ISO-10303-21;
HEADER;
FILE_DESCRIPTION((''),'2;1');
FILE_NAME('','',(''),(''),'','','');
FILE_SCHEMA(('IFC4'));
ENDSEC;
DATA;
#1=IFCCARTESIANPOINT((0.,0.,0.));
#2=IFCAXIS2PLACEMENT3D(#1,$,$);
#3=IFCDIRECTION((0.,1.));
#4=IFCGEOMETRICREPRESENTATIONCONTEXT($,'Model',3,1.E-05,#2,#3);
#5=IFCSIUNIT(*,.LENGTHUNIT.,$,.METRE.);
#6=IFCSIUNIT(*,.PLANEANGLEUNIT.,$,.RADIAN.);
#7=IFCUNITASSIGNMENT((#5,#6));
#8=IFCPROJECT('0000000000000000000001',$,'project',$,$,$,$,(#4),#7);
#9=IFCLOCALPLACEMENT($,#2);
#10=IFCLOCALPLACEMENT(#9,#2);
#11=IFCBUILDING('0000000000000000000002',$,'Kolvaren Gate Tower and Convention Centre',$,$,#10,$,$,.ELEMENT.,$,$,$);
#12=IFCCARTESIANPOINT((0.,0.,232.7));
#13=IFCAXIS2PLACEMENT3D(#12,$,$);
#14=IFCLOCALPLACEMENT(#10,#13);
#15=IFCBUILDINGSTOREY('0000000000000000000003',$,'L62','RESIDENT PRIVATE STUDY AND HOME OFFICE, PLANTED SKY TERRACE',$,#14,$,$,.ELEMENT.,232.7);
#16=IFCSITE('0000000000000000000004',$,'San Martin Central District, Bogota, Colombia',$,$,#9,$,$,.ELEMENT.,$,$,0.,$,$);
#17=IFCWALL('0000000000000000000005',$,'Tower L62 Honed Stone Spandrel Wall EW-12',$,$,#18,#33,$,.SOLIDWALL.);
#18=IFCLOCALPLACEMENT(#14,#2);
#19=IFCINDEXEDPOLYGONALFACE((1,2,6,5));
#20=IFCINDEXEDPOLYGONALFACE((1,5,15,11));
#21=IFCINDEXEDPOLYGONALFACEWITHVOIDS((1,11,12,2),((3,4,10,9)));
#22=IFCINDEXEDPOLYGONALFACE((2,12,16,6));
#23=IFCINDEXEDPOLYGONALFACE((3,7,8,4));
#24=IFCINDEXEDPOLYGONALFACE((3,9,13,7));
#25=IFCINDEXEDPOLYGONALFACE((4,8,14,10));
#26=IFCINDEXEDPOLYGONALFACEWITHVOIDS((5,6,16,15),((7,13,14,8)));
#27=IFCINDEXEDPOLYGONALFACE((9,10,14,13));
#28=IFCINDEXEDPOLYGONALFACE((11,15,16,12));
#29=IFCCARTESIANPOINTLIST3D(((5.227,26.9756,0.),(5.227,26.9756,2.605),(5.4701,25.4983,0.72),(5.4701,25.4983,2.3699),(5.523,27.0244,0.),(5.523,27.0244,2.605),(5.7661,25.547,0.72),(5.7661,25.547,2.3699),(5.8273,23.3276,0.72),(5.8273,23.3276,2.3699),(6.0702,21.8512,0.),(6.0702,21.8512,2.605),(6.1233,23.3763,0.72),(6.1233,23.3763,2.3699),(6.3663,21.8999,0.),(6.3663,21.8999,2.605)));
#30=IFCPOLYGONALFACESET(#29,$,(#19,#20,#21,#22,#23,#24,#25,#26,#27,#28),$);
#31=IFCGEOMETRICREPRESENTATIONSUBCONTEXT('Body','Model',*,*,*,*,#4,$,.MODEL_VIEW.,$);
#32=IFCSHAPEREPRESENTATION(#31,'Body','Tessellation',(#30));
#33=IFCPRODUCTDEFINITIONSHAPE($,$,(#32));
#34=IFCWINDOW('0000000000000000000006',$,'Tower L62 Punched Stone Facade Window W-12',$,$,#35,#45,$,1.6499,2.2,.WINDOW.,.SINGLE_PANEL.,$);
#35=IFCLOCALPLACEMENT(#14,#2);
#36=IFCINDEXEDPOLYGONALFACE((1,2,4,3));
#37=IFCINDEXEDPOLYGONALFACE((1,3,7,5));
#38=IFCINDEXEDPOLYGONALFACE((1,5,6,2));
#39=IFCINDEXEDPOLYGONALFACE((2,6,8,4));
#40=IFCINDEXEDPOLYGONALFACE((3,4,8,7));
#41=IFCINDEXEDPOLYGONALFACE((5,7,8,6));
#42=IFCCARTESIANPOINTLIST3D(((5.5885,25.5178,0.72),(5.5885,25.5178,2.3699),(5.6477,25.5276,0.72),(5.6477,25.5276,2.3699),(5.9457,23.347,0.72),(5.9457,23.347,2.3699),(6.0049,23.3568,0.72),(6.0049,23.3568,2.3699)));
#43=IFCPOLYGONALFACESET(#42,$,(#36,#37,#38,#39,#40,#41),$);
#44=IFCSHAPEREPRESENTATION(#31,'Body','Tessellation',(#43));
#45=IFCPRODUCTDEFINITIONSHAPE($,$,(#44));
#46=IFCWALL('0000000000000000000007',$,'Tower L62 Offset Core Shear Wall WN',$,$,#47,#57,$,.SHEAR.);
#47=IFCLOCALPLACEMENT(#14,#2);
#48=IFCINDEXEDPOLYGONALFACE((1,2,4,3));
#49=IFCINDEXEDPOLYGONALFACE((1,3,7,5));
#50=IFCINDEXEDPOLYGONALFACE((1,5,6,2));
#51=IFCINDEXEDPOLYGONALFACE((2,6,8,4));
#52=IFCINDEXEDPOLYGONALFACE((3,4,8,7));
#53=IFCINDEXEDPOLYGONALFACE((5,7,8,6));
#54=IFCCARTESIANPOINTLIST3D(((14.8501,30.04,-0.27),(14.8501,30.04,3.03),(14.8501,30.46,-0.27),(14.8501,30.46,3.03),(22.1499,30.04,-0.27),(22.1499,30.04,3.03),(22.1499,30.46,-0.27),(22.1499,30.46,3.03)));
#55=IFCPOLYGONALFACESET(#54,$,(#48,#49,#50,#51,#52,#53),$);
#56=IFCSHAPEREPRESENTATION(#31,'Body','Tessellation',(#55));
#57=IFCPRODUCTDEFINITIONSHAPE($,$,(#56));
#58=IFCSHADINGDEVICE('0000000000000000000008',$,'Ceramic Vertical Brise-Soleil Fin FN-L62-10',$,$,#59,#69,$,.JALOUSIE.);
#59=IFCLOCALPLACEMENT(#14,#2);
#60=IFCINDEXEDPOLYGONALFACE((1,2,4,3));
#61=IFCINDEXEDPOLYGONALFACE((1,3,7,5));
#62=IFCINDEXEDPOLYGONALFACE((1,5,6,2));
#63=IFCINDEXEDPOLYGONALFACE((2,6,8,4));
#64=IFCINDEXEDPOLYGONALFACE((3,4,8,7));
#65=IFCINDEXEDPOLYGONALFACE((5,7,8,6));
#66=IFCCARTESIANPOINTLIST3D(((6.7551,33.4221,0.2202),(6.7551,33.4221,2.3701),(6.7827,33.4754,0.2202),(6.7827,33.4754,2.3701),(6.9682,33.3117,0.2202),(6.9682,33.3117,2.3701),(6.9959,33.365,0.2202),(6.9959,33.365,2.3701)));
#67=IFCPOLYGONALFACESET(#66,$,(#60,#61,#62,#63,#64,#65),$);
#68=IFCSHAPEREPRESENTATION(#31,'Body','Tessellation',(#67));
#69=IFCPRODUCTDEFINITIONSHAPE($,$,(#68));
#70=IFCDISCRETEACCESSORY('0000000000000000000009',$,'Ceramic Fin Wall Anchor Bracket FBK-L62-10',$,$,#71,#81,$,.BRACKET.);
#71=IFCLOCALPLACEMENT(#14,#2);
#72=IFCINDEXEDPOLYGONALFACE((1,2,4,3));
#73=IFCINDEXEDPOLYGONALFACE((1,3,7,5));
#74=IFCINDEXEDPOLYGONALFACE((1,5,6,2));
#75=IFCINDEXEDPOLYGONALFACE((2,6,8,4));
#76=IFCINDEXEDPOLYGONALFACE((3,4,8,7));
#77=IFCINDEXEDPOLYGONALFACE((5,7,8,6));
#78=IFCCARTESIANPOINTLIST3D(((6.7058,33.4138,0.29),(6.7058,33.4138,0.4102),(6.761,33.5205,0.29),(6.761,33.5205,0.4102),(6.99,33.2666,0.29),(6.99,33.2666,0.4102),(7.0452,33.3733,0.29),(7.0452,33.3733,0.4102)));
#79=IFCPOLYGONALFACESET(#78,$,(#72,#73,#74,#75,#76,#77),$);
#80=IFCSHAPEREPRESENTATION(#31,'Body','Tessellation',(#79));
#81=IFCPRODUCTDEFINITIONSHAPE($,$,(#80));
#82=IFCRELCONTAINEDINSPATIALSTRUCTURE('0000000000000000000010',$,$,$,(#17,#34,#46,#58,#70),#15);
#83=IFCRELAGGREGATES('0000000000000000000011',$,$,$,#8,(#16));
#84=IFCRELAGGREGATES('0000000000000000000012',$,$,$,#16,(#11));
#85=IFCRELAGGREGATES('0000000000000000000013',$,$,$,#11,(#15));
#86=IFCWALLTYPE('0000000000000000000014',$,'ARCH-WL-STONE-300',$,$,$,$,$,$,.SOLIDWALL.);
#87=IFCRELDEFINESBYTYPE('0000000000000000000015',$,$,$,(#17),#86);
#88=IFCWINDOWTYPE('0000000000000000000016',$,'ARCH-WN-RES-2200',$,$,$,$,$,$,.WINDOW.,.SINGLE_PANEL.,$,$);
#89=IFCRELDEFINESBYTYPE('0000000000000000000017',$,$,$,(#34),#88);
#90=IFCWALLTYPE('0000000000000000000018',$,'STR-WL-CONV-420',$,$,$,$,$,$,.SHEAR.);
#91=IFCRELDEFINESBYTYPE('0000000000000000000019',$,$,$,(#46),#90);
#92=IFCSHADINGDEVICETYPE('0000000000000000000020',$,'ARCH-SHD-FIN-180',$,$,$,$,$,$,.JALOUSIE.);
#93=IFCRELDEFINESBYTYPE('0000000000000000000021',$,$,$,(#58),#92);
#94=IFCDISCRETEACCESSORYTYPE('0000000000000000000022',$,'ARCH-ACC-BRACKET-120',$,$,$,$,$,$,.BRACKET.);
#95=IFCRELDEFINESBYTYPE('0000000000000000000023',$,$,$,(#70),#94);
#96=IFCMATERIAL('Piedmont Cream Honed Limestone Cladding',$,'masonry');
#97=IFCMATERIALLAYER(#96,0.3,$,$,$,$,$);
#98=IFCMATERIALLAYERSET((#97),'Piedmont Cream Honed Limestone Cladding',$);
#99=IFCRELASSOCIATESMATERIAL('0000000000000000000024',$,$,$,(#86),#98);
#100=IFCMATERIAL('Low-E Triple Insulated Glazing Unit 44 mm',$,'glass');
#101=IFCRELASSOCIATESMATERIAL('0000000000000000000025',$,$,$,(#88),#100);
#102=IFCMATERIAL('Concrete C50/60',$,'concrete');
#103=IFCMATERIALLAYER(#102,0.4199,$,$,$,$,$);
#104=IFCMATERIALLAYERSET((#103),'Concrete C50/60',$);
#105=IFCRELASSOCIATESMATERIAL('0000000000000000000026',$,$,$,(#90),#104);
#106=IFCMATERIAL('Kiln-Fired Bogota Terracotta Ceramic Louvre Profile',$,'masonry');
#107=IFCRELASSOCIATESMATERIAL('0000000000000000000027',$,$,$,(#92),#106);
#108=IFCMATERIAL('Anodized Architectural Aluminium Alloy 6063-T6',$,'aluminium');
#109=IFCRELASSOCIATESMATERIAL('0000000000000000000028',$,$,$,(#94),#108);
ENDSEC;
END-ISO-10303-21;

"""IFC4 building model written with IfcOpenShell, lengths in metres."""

from ifc_helpers import new_model, si_unit, direction, frame, frame_2d, origin, origin_2d, place, context, subcontext, project, spatial, rectangle, extrude, material, layer, layer_set, type_object, element, fill, save


model = new_model("IFC4")

# Units and contexts
model_context = context("Model", 3, precision=1e-05, world=origin(), true_north=direction((0.0, 1.0)))
body_context = subcontext(model_context, "Body", "Model", "MODEL_VIEW")
ifc_project = project(units=[si_unit("LENGTHUNIT", "METRE"), si_unit("PLANEANGLEUNIT", "RADIAN")], contexts=[model_context])

# Site, building, storey
site_placement = place(None, origin())
site = spatial("IfcSite", under=ifc_project, at=site_placement, Name="San Martin Central District, Bogota, Colombia", CompositionType="ELEMENT", RefElevation=0.0)
building_placement = place(site_placement, origin())
building = spatial("IfcBuilding", under=site, at=building_placement, Name="Kolvaren Gate Tower and Convention Centre", CompositionType="ELEMENT")
storey_placement = place(building_placement, frame((0.0, 0.0, 232.7)))
storey = spatial("IfcBuildingStorey", under=building, at=storey_placement, Name="L62", Description="RESIDENT PRIVATE STUDY AND HOME OFFICE, PLANTED SKY TERRACE", CompositionType="ELEMENT", Elevation=232.7)

# Shared definitions
ifc_material_1 = material(Name="Piedmont Cream Honed Limestone Cladding", Category="masonry")

# Wall, opening, window
ifc_layer_1 = layer(ifc_material_1, 0.3)
ifc_layer_set_1 = layer_set([ifc_layer_1], Name="Piedmont Cream Honed Limestone Cladding")
wall_type_1 = type_object("IfcWallType", Name="ARCH-WL-STONE-300", PredefinedType="SOLIDWALL", material=ifc_layer_set_1)
ifc_material_2 = material(Name="Low-E Triple Insulated Glazing Unit 44 mm", Category="glass")
window_type = type_object("IfcWindowType", Name="ARCH-WN-RES-2200", PartitioningType="SINGLE_PANEL", PredefinedType="WINDOW", material=ifc_material_2)
wall_1_placement = place(storey_placement, frame((5.375, 27.0, 0.0), z_axis=(0.0, 0.0, 1.0), x_axis=(0.162371, -0.98673, 0.0)))
wall_1 = element("IfcWall", 1, at=wall_1_placement, inside=storey, type_object=wall_type_1, Name="Tower L62 Honed Stone Spandrel Wall EW-12", PredefinedType="SOLIDWALL", context=body_context, shape_type="SweptSolid", body=[
    extrude(rectangle(XDim=5.1934, YDim=0.3, at=frame_2d((2.5967, 0.0))), origin(), (0.0, 0.0, 1.0), 2.605),
])
opening_1_placement = place(wall_1_placement, frame((1.4971, 0.0, 0.72)))
opening_1 = element("IfcOpeningElement", 2, at=opening_1_placement, cuts=wall_1, PredefinedType="OPENING", context=body_context, shape_type="SweptSolid", body=[
    extrude(rectangle(XDim=2.2, YDim=1.6499, at=frame_2d((1.1001, 0.825))), frame((0.0, 0.1599, 0.0), z_axis=(0.0, -1.0, 0.0), x_axis=(1.0, 0.0, 0.0)), (0.0, 0.0, 1.0), 0.3201),
])
window_1_placement = place(opening_1_placement, origin())
window_1 = element("IfcWindow", 3, at=window_1_placement, inside=storey, type_object=window_type, Name="Tower L62 Punched Stone Facade Window W-12", OverallHeight=1.6499, OverallWidth=2.2, PartitioningType="SINGLE_PANEL", PredefinedType="WINDOW", context=body_context, shape_type="SweptSolid", body=[
    extrude(rectangle(XDim=2.2, YDim=1.6499, at=frame_2d((1.1001, 0.825))), frame((0.0, 0.03, 0.0), z_axis=(0.0, -1.0, 0.0), x_axis=(1.0, 0.0, 0.0)), (0.0, 0.0, 1.0), 0.0601),
])
fill(opening_1, window_1)

# Wall
ifc_material_3 = material(Name="Concrete C50/60", Category="concrete")
ifc_layer_2 = layer(ifc_material_3, 0.4199)
ifc_layer_set_2 = layer_set([ifc_layer_2], Name="Concrete C50/60")
wall_type_2 = type_object("IfcWallType", Name="STR-WL-CONV-420", PredefinedType="SHEAR", material=ifc_layer_set_2)
wall_2_placement = place(storey_placement, frame((14.8501, 30.25, -0.27), z_axis=(0.0, 0.0, 1.0), x_axis=(1.0, 0.0, 0.0)))
element("IfcWall", 4, at=wall_2_placement, inside=storey, type_object=wall_type_2, Name="Tower L62 Offset Core Shear Wall WN", PredefinedType="SHEAR", context=body_context, shape_type="SweptSolid", body=[
    extrude(rectangle(XDim=7.2998, YDim=0.4199, at=frame_2d((3.6499, 0.0))), origin(), (0.0, 0.0, 1.0), 3.3),
])

# Shading device
ifc_material_4 = material(Name="Kiln-Fired Bogota Terracotta Ceramic Louvre Profile", Category="masonry")
shading_device_type = type_object("IfcShadingDeviceType", Name="ARCH-SHD-FIN-180", PredefinedType="JALOUSIE", material=ifc_material_4)
shading_device_placement = place(storey_placement, frame((6.8755, 33.3936, 0.2202), z_axis=(0.0, 0.0, 1.0), x_axis=(0.4598, 0.888023, 0.0)))
element("IfcShadingDevice", 5, at=shading_device_placement, inside=storey, type_object=shading_device_type, Name="Ceramic Vertical Brise-Soleil Fin FN-L62-10", PredefinedType="JALOUSIE", context=body_context, shape_type="SweptSolid", body=[
    extrude(rectangle(XDim=0.0601, YDim=0.24, at=origin_2d()), origin(), (0.0, 0.0, 1.0), 2.1499),
])

# Discrete accessory
ifc_material_5 = material(Name="Anodized Architectural Aluminium Alloy 6063-T6", Category="aluminium")
discrete_accessory_type = type_object("IfcDiscreteAccessoryType", Name="ARCH-ACC-BRACKET-120", PredefinedType="BRACKET", material=ifc_material_5)
discrete_accessory_placement = place(storey_placement, frame((6.8755, 33.3936, 0.29), z_axis=(0.0, 0.0, 1.0), x_axis=(0.4598, 0.888023, 0.0)))
element("IfcDiscreteAccessory", 6, at=discrete_accessory_placement, inside=storey, type_object=discrete_accessory_type, Name="Ceramic Fin Wall Anchor Bracket FBK-L62-10", PredefinedType="BRACKET", context=body_context, shape_type="SweptSolid", body=[
    extrude(rectangle(XDim=0.1201, YDim=0.3201, at=origin_2d()), origin(), (0.0, 0.0, 1.0), 0.1201),
])

save(model, "model.ifc")
